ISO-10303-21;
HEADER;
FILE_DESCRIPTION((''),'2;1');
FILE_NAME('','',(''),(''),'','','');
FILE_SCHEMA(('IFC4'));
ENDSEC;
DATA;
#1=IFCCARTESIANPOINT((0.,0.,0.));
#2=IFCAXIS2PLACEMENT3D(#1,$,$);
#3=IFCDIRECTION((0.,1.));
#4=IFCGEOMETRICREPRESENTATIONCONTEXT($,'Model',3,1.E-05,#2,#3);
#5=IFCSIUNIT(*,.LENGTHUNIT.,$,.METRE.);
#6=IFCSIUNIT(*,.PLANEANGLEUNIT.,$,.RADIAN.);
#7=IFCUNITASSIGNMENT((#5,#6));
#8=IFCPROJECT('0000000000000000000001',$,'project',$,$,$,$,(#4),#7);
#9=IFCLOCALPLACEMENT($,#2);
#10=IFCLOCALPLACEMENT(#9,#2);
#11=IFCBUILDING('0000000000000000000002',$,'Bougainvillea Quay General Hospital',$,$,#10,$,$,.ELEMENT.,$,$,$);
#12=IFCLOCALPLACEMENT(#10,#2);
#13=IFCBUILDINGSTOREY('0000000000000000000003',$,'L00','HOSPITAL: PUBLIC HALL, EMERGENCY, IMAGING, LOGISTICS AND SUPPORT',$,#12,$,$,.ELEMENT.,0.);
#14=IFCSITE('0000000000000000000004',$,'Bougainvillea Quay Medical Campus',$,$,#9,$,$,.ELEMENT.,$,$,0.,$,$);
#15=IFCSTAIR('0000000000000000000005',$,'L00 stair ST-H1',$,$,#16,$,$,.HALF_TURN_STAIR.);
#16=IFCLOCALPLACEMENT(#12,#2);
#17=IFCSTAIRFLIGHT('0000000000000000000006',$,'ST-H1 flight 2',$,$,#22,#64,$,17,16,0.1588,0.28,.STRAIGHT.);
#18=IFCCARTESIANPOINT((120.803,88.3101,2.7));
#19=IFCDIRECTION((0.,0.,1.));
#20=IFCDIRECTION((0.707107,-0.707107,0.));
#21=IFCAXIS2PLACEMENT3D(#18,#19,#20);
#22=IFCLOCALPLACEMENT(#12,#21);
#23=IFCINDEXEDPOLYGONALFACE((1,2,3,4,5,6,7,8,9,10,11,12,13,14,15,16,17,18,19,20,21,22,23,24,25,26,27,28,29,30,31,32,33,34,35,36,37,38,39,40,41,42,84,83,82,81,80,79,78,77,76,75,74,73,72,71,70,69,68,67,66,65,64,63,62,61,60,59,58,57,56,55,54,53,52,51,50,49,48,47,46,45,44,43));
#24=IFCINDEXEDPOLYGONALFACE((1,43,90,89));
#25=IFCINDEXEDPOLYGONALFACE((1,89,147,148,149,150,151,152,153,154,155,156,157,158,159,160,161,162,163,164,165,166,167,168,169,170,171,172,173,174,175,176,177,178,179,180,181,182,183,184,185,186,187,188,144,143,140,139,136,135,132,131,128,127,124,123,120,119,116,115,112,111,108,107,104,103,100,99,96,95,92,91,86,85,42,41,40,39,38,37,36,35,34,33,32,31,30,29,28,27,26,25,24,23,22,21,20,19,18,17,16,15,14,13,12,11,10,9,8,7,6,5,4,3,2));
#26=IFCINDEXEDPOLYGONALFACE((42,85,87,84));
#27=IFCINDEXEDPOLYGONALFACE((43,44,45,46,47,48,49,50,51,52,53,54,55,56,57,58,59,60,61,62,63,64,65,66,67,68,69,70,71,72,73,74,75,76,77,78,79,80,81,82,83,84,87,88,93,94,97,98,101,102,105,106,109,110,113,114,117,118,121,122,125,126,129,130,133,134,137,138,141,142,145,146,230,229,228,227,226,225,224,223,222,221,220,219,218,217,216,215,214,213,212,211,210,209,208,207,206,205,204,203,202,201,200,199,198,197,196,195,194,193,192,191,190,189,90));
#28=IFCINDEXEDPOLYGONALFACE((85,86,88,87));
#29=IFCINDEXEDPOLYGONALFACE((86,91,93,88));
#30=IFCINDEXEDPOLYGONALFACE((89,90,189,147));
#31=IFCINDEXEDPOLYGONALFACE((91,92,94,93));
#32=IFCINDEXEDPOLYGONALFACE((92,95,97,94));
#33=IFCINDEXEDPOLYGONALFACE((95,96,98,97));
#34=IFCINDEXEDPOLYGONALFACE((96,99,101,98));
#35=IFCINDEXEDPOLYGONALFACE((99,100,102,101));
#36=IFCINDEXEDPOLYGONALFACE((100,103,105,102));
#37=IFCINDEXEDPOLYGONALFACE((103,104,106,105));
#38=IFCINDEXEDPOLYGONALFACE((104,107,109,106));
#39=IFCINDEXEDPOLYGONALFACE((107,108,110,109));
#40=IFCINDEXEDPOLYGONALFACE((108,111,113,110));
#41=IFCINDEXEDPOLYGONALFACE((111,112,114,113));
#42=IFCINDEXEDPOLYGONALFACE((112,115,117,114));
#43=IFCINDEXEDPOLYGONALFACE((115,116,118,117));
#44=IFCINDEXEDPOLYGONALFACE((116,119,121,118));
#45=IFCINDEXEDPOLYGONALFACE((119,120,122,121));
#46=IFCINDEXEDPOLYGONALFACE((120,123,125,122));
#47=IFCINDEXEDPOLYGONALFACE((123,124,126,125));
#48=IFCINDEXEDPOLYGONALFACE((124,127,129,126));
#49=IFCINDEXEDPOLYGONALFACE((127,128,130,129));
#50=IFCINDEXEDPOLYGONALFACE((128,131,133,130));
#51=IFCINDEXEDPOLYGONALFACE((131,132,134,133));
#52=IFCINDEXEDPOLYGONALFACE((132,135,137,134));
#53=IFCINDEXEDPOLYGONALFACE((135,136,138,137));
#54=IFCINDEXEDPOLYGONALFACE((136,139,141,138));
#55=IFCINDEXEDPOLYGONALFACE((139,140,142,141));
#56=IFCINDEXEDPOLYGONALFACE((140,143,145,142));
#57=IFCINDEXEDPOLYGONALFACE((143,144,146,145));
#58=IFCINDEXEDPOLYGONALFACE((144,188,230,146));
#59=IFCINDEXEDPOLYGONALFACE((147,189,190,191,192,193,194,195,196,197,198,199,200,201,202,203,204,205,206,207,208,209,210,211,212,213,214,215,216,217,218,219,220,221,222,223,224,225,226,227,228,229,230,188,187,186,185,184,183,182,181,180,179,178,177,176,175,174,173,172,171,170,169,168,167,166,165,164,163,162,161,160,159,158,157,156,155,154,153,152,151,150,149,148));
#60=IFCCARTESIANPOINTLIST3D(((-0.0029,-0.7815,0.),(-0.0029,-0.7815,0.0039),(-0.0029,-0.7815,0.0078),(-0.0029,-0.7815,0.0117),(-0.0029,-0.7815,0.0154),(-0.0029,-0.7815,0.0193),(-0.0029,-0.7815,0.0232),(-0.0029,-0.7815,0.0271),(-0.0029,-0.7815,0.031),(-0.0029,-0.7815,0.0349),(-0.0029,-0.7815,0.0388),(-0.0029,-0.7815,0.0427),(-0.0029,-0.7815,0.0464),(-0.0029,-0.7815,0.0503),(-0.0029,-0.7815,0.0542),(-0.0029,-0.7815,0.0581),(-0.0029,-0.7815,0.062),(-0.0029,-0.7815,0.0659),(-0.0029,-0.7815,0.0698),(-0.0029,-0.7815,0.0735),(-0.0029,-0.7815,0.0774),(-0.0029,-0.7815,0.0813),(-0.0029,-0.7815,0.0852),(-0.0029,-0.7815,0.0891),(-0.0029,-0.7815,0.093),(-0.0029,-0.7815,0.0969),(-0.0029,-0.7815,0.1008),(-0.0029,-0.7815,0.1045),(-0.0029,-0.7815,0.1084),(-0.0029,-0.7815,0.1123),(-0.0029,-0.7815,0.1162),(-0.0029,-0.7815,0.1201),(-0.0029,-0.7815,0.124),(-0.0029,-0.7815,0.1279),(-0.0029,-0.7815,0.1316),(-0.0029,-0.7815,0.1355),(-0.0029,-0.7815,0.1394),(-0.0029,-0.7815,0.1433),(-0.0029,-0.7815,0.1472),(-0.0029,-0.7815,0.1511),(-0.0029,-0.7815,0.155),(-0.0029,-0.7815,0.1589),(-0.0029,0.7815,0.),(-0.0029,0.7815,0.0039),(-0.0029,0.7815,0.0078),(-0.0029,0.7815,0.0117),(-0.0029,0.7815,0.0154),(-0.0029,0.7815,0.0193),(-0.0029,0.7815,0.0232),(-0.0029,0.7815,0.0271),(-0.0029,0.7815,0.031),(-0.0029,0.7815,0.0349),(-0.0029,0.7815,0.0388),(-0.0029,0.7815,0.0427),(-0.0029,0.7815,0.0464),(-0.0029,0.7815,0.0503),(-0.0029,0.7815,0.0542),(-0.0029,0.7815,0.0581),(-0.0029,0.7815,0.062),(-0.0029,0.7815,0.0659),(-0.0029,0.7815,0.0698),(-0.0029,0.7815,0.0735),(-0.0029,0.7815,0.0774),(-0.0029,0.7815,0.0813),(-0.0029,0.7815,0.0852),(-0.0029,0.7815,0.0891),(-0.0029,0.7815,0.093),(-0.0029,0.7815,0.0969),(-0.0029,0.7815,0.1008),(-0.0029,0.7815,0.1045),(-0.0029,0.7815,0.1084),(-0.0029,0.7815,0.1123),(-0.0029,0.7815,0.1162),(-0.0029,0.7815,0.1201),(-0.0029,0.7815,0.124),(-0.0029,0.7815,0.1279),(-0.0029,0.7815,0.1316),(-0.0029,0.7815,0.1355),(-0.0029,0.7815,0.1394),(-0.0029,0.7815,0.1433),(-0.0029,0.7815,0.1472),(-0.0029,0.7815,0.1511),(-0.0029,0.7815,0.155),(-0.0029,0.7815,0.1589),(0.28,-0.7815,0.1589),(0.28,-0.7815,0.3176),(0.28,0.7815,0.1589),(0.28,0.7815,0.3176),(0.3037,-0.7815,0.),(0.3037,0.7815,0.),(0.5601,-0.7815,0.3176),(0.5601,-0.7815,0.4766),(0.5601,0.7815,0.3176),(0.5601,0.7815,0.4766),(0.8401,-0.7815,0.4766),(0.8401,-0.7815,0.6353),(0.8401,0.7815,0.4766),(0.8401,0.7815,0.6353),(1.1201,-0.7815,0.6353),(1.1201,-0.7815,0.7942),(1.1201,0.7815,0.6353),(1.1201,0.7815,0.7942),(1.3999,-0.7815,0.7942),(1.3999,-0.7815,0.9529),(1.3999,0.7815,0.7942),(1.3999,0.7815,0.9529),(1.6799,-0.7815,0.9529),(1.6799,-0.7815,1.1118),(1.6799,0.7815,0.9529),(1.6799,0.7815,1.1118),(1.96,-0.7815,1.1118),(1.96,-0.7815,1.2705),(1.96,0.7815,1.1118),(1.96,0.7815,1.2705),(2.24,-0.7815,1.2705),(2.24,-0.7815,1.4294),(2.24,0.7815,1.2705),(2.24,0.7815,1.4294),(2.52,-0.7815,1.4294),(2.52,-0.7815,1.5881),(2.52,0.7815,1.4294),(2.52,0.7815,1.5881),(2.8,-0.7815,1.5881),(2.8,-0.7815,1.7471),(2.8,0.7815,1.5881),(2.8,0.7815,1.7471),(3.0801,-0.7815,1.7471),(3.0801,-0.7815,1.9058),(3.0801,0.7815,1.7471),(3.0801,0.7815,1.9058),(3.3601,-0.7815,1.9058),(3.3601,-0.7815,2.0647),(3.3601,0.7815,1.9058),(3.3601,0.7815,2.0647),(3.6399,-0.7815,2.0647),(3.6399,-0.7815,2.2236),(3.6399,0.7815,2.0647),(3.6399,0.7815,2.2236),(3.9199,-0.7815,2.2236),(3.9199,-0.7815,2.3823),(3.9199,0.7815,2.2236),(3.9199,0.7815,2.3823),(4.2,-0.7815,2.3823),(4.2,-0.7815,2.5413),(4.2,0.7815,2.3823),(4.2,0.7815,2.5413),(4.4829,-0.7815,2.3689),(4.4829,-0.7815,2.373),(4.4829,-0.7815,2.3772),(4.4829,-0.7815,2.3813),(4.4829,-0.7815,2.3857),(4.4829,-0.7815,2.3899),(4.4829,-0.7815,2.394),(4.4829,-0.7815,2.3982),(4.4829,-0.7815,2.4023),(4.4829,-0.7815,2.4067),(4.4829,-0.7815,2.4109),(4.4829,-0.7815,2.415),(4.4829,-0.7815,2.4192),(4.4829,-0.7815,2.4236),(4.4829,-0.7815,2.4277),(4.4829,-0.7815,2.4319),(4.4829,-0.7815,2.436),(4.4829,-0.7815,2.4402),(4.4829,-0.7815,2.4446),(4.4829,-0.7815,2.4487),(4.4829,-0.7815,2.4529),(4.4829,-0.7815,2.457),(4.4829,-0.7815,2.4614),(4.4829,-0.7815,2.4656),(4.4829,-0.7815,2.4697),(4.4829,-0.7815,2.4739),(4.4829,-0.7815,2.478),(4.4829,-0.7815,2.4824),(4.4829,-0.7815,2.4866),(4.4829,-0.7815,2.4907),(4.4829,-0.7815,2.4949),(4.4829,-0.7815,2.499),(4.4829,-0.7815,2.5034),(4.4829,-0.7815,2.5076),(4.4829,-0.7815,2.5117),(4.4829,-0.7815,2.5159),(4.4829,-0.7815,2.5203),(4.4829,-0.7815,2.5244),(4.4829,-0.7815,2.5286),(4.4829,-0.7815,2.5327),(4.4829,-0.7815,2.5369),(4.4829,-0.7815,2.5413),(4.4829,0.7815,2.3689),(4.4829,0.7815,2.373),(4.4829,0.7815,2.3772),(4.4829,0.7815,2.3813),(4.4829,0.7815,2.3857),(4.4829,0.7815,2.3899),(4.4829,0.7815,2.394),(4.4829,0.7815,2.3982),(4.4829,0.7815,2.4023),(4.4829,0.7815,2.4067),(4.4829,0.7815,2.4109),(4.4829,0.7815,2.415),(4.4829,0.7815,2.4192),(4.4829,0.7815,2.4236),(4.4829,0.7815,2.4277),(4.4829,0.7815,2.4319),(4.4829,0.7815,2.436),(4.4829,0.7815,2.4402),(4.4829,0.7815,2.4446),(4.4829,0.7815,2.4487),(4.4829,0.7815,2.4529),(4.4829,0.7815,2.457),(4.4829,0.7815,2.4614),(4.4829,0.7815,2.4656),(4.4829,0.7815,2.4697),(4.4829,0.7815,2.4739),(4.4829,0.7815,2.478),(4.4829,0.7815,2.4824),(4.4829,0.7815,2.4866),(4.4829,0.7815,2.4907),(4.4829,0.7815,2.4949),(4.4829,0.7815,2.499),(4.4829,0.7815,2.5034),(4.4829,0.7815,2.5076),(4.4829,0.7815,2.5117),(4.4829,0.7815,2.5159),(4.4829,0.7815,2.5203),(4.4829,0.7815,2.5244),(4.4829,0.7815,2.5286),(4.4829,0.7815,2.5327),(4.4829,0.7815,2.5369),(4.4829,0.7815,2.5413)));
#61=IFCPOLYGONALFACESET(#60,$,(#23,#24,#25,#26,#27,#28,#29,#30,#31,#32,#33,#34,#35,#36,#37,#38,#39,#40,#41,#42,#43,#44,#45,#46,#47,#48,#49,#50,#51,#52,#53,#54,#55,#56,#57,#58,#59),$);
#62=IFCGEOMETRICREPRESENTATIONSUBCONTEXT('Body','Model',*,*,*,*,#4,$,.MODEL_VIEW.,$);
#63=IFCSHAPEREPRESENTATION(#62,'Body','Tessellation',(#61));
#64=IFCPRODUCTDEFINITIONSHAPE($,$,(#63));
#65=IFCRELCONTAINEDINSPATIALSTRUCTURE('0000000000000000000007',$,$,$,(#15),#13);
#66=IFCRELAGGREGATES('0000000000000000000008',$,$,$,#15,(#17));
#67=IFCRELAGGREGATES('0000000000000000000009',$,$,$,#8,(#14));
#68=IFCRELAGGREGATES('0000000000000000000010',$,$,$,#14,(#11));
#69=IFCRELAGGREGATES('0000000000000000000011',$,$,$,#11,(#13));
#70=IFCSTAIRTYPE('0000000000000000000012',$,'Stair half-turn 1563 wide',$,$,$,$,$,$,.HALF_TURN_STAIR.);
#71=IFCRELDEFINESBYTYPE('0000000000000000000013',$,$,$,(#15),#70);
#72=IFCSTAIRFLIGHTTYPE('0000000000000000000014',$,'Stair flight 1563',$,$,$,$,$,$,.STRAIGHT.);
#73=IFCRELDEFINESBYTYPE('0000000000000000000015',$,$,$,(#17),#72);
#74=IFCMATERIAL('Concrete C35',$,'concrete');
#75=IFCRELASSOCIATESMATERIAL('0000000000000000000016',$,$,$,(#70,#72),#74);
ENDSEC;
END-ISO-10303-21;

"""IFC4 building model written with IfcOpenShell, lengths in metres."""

from ifc_helpers import new_model, si_unit, direction, frame, origin, place, context, subcontext, project, spatial, polyline, outline, extrude, material, type_object, element, aggregate, save


model = new_model("IFC4")

# Units and contexts
model_context = context("Model", 3, precision=1e-05, world=origin(), true_north=direction((0.0, 1.0)))
body_context = subcontext(model_context, "Body", "Model", "MODEL_VIEW")
ifc_project = project(units=[si_unit("LENGTHUNIT", "METRE"), si_unit("PLANEANGLEUNIT", "RADIAN")], contexts=[model_context])

# Site, building, storey
site_placement = place(None, origin())
site = spatial("IfcSite", under=ifc_project, at=site_placement, Name="Bougainvillea Quay Medical Campus", CompositionType="ELEMENT", RefElevation=0.0)
building_placement = place(site_placement, origin())
building = spatial("IfcBuilding", under=site, at=building_placement, Name="Bougainvillea Quay General Hospital", CompositionType="ELEMENT")
storey_placement = place(building_placement, origin())
storey = spatial("IfcBuildingStorey", under=building, at=storey_placement, Name="L00", Description="HOSPITAL: PUBLIC HALL, EMERGENCY, IMAGING, LOGISTICS AND SUPPORT", CompositionType="ELEMENT", Elevation=0.0)

# Stair, stair flight
ifc_material_1 = material(Name="Concrete C35", Category="concrete")
stair_type = type_object("IfcStairType", Name="Stair half-turn 1563 wide", PredefinedType="HALF_TURN_STAIR", material=ifc_material_1)
stair_placement = place(storey_placement, origin())
stair = element("IfcStair", 1, at=stair_placement, inside=storey, type_object=stair_type, Name="L00 stair ST-H1", PredefinedType="HALF_TURN_STAIR")
stair_flight_type = type_object("IfcStairFlightType", Name="Stair flight 1563", PredefinedType="STRAIGHT", material=ifc_material_1)
stair_flight_placement = place(storey_placement, frame((120.803, 88.3101, 2.7), z_axis=(0.0, 0.0, 1.0), x_axis=(0.707107, -0.707107, 0.0)))
stair_flight = element("IfcStairFlight", 2, at=stair_flight_placement, type_object=stair_flight_type, Name="ST-H1 flight 2", NumberOfRisers=17, NumberOfTreads=16, PredefinedType="STRAIGHT", RiserHeight=0.1588, TreadLength=0.28, context=body_context, shape_type="SweptSolid", body=[
    extrude(outline(polyline([(-0.0029, 0.0), (-0.0029, 0.0039), (-0.0029, 0.0078), (-0.0029, 0.0117), (-0.0029, 0.0154), (-0.0029, 0.0193), (-0.0029, 0.0232), (-0.0029, 0.0271), (-0.0029, 0.031), (-0.0029, 0.0349), (-0.0029, 0.0388), (-0.0029, 0.0427), (-0.0029, 0.0464), (-0.0029, 0.0503), (-0.0029, 0.0542), (-0.0029, 0.0581), (-0.0029, 0.062), (-0.0029, 0.0659), (-0.0029, 0.0698), (-0.0029, 0.0735), (-0.0029, 0.0774), (-0.0029, 0.0813), (-0.0029, 0.0852), (-0.0029, 0.0891), (-0.0029, 0.093), (-0.0029, 0.0969), (-0.0029, 0.1008), (-0.0029, 0.1045), (-0.0029, 0.1084), (-0.0029, 0.1123), (-0.0029, 0.1162), (-0.0029, 0.1201), (-0.0029, 0.124), (-0.0029, 0.1279), (-0.0029, 0.1316), (-0.0029, 0.1355), (-0.0029, 0.1394), (-0.0029, 0.1433), (-0.0029, 0.1472), (-0.0029, 0.1511), (-0.0029, 0.155), (-0.0029, 0.1589), (0.28, 0.1589), (0.28, 0.3176), (0.5601, 0.3176), (0.5601, 0.4766), (0.8401, 0.4766), (0.8401, 0.6353), (1.1201, 0.6353), (1.1201, 0.7942), (1.3999, 0.7942), (1.3999, 0.9529), (1.6799, 0.9529), (1.6799, 1.1118), (1.96, 1.1118), (1.96, 1.2705), (2.24, 1.2705), (2.24, 1.4294), (2.52, 1.4294), (2.52, 1.5881), (2.8, 1.5881), (2.8, 1.7471), (3.0801, 1.7471), (3.0801, 1.9058), (3.3601, 1.9058), (3.3601, 2.0647), (3.6399, 2.0647), (3.6399, 2.2236), (3.9199, 2.2236), (3.9199, 2.3823), (4.2, 2.3823), (4.2, 2.5413), (4.4829, 2.5413), (4.4829, 2.5369), (4.4829, 2.5327), (4.4829, 2.5286), (4.4829, 2.5244), (4.4829, 2.5203), (4.4829, 2.5159), (4.4829, 2.5117), (4.4829, 2.5076), (4.4829, 2.5034), (4.4829, 2.499), (4.4829, 2.4949), (4.4829, 2.4907), (4.4829, 2.4866), (4.4829, 2.4824), (4.4829, 2.478), (4.4829, 2.4739), (4.4829, 2.4697), (4.4829, 2.4656), (4.4829, 2.4614), (4.4829, 2.457), (4.4829, 2.4529), (4.4829, 2.4487), (4.4829, 2.4446), (4.4829, 2.4402), (4.4829, 2.436), (4.4829, 2.4319), (4.4829, 2.4277), (4.4829, 2.4236), (4.4829, 2.4192), (4.4829, 2.415), (4.4829, 2.4109), (4.4829, 2.4067), (4.4829, 2.4023), (4.4829, 2.3982), (4.4829, 2.394), (4.4829, 2.3899), (4.4829, 2.3857), (4.4829, 2.3813), (4.4829, 2.3772), (4.4829, 2.373), (4.4829, 2.3689), (0.3037, 0.0), (-0.0029, 0.0)])), frame((0.0, 0.7815, 0.0), z_axis=(0.0, -1.0, 0.0), x_axis=(1.0, 0.0, 0.0)), (0.0, 0.0, 1.0), 1.563),
])
aggregate(stair, [stair_flight])

save(model, "model.ifc")
